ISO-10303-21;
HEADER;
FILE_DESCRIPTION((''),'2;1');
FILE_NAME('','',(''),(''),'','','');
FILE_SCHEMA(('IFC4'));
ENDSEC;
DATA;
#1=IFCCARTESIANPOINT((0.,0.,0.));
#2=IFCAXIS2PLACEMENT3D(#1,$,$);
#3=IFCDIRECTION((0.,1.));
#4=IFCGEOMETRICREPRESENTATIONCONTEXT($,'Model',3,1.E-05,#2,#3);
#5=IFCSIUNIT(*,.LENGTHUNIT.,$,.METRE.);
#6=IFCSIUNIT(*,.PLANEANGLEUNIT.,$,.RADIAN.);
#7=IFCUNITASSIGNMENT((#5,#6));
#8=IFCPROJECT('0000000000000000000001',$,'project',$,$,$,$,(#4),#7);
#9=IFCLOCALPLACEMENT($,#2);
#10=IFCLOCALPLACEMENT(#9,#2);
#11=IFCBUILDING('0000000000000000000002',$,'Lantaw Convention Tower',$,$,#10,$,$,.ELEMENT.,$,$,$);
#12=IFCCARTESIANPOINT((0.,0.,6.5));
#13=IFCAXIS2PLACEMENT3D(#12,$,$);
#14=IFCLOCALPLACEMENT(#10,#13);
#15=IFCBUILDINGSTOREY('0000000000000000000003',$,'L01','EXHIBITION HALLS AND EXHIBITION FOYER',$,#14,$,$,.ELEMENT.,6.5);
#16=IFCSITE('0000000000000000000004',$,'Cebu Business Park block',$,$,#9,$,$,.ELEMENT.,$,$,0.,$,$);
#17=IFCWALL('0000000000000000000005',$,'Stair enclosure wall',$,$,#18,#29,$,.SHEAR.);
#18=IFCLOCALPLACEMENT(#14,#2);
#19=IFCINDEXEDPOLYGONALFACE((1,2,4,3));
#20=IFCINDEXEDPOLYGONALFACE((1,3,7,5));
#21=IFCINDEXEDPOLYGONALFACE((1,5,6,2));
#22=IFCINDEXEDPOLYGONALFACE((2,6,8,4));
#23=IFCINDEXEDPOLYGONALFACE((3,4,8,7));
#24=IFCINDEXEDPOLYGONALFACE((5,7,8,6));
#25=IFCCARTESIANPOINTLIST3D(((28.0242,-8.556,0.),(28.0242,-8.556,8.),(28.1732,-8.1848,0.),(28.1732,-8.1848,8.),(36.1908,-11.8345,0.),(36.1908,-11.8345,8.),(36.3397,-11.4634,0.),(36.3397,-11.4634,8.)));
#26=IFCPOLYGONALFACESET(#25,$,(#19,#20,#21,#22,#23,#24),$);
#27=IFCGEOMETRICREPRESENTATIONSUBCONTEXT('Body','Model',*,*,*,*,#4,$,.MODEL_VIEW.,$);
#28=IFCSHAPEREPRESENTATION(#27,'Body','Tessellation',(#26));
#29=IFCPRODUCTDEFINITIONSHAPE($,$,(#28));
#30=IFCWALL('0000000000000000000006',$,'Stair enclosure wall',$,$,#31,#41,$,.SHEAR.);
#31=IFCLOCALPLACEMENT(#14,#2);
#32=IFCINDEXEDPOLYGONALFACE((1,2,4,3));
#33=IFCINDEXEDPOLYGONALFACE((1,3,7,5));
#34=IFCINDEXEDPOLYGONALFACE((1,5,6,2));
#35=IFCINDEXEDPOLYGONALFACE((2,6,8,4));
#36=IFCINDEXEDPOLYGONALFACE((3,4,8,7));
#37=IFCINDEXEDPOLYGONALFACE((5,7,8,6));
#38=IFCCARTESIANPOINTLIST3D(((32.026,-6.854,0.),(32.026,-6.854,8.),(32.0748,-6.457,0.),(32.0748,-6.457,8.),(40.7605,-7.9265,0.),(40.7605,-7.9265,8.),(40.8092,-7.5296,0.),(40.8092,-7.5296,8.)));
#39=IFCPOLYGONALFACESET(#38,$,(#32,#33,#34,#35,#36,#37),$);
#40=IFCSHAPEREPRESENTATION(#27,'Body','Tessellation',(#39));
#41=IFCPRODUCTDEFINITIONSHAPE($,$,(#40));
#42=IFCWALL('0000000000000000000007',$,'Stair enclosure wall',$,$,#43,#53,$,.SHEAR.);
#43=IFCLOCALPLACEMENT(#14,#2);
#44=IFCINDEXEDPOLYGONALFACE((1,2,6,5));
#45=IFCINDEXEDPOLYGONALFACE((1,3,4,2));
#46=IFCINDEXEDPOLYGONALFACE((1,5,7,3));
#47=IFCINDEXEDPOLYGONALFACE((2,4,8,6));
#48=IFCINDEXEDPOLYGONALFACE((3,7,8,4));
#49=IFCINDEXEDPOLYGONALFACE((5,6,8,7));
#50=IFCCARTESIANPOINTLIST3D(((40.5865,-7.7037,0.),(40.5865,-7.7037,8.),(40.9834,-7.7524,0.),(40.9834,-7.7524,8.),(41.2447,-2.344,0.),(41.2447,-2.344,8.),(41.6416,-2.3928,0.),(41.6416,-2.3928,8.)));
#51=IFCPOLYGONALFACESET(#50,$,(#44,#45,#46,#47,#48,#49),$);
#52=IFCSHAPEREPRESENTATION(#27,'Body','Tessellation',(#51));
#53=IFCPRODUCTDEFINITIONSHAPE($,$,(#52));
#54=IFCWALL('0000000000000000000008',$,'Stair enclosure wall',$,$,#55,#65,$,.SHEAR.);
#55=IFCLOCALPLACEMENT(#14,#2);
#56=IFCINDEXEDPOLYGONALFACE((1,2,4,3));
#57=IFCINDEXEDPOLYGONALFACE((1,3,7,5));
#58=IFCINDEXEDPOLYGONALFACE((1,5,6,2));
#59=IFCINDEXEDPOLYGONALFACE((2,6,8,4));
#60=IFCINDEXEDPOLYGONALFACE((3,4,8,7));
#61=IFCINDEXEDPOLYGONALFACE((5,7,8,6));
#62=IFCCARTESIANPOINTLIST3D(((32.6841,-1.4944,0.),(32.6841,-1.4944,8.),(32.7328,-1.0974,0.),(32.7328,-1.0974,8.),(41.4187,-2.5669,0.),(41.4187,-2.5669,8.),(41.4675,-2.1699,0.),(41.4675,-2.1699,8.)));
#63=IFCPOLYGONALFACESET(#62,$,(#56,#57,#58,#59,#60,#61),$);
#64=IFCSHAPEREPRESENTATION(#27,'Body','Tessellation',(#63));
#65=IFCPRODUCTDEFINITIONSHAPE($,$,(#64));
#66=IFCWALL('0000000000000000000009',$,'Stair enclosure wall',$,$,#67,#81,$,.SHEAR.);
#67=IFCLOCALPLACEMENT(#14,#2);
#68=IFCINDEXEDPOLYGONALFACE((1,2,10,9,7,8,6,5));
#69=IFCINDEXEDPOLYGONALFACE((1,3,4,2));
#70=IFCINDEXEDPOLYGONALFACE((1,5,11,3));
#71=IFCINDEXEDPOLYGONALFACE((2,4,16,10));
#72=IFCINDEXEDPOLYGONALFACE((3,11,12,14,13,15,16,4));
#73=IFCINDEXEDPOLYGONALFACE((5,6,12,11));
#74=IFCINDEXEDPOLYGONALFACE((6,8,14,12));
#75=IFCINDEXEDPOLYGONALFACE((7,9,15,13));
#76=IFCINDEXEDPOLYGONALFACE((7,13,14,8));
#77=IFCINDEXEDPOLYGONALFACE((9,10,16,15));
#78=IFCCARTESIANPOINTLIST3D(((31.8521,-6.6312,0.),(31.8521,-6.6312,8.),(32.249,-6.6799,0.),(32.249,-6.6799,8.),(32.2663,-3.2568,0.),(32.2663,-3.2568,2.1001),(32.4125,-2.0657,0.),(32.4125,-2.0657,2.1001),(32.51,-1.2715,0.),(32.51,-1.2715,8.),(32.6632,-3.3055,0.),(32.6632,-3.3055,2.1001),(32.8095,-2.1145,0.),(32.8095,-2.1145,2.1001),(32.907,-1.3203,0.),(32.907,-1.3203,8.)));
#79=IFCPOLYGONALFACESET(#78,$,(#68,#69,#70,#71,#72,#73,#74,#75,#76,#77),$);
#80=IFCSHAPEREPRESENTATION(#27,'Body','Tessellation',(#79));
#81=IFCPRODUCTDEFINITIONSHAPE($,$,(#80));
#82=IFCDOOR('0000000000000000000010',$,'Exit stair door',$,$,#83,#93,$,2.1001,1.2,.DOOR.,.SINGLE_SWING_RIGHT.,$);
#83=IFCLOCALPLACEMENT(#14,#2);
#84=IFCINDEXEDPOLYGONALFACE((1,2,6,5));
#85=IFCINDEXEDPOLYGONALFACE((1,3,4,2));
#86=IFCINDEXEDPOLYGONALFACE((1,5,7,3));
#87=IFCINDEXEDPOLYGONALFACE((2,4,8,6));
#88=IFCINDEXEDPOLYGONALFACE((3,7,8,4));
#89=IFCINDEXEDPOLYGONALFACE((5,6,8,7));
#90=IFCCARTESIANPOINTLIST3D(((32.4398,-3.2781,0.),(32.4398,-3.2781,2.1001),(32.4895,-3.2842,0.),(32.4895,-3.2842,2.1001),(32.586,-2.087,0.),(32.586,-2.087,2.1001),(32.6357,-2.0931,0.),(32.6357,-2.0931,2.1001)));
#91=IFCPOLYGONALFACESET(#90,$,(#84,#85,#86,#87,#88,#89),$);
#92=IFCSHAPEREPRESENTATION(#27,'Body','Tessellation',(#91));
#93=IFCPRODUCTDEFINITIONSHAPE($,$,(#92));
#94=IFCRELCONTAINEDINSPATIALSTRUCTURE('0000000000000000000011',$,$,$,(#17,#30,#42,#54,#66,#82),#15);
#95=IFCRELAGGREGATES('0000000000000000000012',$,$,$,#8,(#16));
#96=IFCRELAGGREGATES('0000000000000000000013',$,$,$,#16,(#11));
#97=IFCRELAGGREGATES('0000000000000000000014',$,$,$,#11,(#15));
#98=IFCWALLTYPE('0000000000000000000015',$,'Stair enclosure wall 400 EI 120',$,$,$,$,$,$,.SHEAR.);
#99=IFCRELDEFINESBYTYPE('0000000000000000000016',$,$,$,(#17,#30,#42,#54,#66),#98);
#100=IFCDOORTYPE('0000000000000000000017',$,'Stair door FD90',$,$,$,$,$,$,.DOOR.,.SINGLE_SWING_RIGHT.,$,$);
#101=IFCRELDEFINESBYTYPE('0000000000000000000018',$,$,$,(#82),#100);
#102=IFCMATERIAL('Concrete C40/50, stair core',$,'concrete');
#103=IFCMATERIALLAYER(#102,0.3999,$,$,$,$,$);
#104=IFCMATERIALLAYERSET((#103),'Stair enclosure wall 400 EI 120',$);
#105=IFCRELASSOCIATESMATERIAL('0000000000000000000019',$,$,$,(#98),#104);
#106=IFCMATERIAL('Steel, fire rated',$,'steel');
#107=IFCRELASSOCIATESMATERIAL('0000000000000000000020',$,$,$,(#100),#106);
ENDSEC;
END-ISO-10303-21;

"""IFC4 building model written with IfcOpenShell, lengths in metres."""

from ifc_helpers import new_model, si_unit, direction, frame, frame_2d, origin, place, context, subcontext, project, spatial, rectangle, extrude, material, layer, layer_set, type_object, element, fill, save


model = new_model("IFC4")

# Units and contexts
model_context = context("Model", 3, precision=1e-05, world=origin(), true_north=direction((0.0, 1.0)))
body_context = subcontext(model_context, "Body", "Model", "MODEL_VIEW")
ifc_project = project(units=[si_unit("LENGTHUNIT", "METRE"), si_unit("PLANEANGLEUNIT", "RADIAN")], contexts=[model_context])

# Site, building, storey
site_placement = place(None, origin())
site = spatial("IfcSite", under=ifc_project, at=site_placement, Name="Cebu Business Park block", CompositionType="ELEMENT", RefElevation=0.0)
building_placement = place(site_placement, origin())
building = spatial("IfcBuilding", under=site, at=building_placement, Name="Lantaw Convention Tower", CompositionType="ELEMENT")
storey_placement = place(building_placement, frame((0.0, 0.0, 6.5)))
storey = spatial("IfcBuildingStorey", under=building, at=storey_placement, Name="L01", Description="EXHIBITION HALLS AND EXHIBITION FOYER", CompositionType="ELEMENT", Elevation=6.5)

# Walls
ifc_material_1 = material(Name="Concrete C40/50, stair core", Category="concrete")
ifc_layer_1 = layer(ifc_material_1, 0.3999)
ifc_layer_set_1 = layer_set([ifc_layer_1], Name="Stair enclosure wall 400 EI 120")
wall_type_1 = type_object("IfcWallType", Name="Stair enclosure wall 400 EI 120", PredefinedType="SHEAR", material=ifc_layer_set_1)
for number, where, z_axis, x_axis, name in (
    (1, (36.2651, -11.6489, 0.0), (0.0, 0.0, 1.0), (-0.928007, 0.372562, 0.0), "Stair enclosure wall"),
    (2, (32.0505, -6.6555, 0.0), (0.0, 0.0, 1.0), (0.992545, -0.121876, 0.0), "Stair enclosure wall"),
):
    element("IfcWall", number, at=place(storey_placement, frame(where, z_axis=z_axis, x_axis=x_axis)), inside=storey, type_object=wall_type_1, Name=name, PredefinedType="SHEAR", context=body_context, shape_type="SweptSolid", body=[
        extrude(rectangle(XDim=8.8, YDim=0.3999, at=frame_2d((4.3999, 0.0))), origin(), (0.0, 0.0, 1.0), 8.0),
    ])
wall_1_placement = place(storey_placement, frame((40.7849, -7.728, 0.0), z_axis=(0.0, 0.0, 1.0), x_axis=(0.121892, 0.992543, 0.0)))
element("IfcWall", 3, at=wall_1_placement, inside=storey, type_object=wall_type_1, Name="Stair enclosure wall", PredefinedType="SHEAR", context=body_context, shape_type="SweptSolid", body=[
    extrude(rectangle(XDim=5.3999, YDim=0.3999, at=frame_2d((2.7, 0.0))), origin(), (0.0, 0.0, 1.0), 8.0),
])
wall_2_placement = place(storey_placement, frame((41.4431, -2.3684, 0.0), z_axis=(0.0, 0.0, 1.0), x_axis=(-0.992546, 0.121873, 0.0)))
element("IfcWall", 4, at=wall_2_placement, inside=storey, type_object=wall_type_1, Name="Stair enclosure wall", PredefinedType="SHEAR", context=body_context, shape_type="SweptSolid", body=[
    extrude(rectangle(XDim=8.8003, YDim=0.3999, at=frame_2d((4.4001, 0.0))), origin(), (0.0, 0.0, 1.0), 8.0),
])

# Wall, opening, door
wall_3_placement = place(storey_placement, frame((32.7085, -1.2959, 0.0), z_axis=(0.0, 0.0, 1.0), x_axis=(-0.121848, -0.992549, 0.0)))
wall_3 = element("IfcWall", 5, at=wall_3_placement, inside=storey, type_object=wall_type_1, Name="Stair enclosure wall", PredefinedType="SHEAR", context=body_context, shape_type="SweptSolid", body=[
    extrude(rectangle(XDim=5.3999, YDim=0.3999, at=frame_2d((2.7, 0.0))), origin(), (0.0, 0.0, 1.0), 8.0),
])
opening_placement = place(wall_3_placement, frame((0.8, 0.0, 0.0)))
opening = element("IfcOpeningElement", 6, at=opening_placement, cuts=wall_3, PredefinedType="OPENING", context=body_context, shape_type="SweptSolid", body=[
    extrude(rectangle(XDim=1.2, YDim=2.1001, at=frame_2d((0.6001, 1.05))), frame((0.0, 0.21, 0.0), z_axis=(0.0, -1.0, 0.0), x_axis=(1.0, 0.0, 0.0)), (0.0, 0.0, 1.0), 0.4199),
])
ifc_material_2 = material(Name="Steel, fire rated", Category="steel")
door_type = type_object("IfcDoorType", Name="Stair door FD90", OperationType="SINGLE_SWING_RIGHT", PredefinedType="DOOR", material=ifc_material_2)
door_placement = place(opening_placement, origin())
door = element("IfcDoor", 7, at=door_placement, inside=storey, type_object=door_type, Name="Exit stair door", OperationType="SINGLE_SWING_RIGHT", OverallHeight=2.1001, OverallWidth=1.2, PredefinedType="DOOR", context=body_context, shape_type="SweptSolid", body=[
    extrude(rectangle(XDim=1.2, YDim=2.1001, at=frame_2d((0.6001, 1.05))), frame((0.0, 0.0249, 0.0), z_axis=(0.0, -1.0, 0.0), x_axis=(1.0, 0.0, 0.0)), (0.0, 0.0, 1.0), 0.05),
])
fill(opening, door)

save(model, "model.ifc")
